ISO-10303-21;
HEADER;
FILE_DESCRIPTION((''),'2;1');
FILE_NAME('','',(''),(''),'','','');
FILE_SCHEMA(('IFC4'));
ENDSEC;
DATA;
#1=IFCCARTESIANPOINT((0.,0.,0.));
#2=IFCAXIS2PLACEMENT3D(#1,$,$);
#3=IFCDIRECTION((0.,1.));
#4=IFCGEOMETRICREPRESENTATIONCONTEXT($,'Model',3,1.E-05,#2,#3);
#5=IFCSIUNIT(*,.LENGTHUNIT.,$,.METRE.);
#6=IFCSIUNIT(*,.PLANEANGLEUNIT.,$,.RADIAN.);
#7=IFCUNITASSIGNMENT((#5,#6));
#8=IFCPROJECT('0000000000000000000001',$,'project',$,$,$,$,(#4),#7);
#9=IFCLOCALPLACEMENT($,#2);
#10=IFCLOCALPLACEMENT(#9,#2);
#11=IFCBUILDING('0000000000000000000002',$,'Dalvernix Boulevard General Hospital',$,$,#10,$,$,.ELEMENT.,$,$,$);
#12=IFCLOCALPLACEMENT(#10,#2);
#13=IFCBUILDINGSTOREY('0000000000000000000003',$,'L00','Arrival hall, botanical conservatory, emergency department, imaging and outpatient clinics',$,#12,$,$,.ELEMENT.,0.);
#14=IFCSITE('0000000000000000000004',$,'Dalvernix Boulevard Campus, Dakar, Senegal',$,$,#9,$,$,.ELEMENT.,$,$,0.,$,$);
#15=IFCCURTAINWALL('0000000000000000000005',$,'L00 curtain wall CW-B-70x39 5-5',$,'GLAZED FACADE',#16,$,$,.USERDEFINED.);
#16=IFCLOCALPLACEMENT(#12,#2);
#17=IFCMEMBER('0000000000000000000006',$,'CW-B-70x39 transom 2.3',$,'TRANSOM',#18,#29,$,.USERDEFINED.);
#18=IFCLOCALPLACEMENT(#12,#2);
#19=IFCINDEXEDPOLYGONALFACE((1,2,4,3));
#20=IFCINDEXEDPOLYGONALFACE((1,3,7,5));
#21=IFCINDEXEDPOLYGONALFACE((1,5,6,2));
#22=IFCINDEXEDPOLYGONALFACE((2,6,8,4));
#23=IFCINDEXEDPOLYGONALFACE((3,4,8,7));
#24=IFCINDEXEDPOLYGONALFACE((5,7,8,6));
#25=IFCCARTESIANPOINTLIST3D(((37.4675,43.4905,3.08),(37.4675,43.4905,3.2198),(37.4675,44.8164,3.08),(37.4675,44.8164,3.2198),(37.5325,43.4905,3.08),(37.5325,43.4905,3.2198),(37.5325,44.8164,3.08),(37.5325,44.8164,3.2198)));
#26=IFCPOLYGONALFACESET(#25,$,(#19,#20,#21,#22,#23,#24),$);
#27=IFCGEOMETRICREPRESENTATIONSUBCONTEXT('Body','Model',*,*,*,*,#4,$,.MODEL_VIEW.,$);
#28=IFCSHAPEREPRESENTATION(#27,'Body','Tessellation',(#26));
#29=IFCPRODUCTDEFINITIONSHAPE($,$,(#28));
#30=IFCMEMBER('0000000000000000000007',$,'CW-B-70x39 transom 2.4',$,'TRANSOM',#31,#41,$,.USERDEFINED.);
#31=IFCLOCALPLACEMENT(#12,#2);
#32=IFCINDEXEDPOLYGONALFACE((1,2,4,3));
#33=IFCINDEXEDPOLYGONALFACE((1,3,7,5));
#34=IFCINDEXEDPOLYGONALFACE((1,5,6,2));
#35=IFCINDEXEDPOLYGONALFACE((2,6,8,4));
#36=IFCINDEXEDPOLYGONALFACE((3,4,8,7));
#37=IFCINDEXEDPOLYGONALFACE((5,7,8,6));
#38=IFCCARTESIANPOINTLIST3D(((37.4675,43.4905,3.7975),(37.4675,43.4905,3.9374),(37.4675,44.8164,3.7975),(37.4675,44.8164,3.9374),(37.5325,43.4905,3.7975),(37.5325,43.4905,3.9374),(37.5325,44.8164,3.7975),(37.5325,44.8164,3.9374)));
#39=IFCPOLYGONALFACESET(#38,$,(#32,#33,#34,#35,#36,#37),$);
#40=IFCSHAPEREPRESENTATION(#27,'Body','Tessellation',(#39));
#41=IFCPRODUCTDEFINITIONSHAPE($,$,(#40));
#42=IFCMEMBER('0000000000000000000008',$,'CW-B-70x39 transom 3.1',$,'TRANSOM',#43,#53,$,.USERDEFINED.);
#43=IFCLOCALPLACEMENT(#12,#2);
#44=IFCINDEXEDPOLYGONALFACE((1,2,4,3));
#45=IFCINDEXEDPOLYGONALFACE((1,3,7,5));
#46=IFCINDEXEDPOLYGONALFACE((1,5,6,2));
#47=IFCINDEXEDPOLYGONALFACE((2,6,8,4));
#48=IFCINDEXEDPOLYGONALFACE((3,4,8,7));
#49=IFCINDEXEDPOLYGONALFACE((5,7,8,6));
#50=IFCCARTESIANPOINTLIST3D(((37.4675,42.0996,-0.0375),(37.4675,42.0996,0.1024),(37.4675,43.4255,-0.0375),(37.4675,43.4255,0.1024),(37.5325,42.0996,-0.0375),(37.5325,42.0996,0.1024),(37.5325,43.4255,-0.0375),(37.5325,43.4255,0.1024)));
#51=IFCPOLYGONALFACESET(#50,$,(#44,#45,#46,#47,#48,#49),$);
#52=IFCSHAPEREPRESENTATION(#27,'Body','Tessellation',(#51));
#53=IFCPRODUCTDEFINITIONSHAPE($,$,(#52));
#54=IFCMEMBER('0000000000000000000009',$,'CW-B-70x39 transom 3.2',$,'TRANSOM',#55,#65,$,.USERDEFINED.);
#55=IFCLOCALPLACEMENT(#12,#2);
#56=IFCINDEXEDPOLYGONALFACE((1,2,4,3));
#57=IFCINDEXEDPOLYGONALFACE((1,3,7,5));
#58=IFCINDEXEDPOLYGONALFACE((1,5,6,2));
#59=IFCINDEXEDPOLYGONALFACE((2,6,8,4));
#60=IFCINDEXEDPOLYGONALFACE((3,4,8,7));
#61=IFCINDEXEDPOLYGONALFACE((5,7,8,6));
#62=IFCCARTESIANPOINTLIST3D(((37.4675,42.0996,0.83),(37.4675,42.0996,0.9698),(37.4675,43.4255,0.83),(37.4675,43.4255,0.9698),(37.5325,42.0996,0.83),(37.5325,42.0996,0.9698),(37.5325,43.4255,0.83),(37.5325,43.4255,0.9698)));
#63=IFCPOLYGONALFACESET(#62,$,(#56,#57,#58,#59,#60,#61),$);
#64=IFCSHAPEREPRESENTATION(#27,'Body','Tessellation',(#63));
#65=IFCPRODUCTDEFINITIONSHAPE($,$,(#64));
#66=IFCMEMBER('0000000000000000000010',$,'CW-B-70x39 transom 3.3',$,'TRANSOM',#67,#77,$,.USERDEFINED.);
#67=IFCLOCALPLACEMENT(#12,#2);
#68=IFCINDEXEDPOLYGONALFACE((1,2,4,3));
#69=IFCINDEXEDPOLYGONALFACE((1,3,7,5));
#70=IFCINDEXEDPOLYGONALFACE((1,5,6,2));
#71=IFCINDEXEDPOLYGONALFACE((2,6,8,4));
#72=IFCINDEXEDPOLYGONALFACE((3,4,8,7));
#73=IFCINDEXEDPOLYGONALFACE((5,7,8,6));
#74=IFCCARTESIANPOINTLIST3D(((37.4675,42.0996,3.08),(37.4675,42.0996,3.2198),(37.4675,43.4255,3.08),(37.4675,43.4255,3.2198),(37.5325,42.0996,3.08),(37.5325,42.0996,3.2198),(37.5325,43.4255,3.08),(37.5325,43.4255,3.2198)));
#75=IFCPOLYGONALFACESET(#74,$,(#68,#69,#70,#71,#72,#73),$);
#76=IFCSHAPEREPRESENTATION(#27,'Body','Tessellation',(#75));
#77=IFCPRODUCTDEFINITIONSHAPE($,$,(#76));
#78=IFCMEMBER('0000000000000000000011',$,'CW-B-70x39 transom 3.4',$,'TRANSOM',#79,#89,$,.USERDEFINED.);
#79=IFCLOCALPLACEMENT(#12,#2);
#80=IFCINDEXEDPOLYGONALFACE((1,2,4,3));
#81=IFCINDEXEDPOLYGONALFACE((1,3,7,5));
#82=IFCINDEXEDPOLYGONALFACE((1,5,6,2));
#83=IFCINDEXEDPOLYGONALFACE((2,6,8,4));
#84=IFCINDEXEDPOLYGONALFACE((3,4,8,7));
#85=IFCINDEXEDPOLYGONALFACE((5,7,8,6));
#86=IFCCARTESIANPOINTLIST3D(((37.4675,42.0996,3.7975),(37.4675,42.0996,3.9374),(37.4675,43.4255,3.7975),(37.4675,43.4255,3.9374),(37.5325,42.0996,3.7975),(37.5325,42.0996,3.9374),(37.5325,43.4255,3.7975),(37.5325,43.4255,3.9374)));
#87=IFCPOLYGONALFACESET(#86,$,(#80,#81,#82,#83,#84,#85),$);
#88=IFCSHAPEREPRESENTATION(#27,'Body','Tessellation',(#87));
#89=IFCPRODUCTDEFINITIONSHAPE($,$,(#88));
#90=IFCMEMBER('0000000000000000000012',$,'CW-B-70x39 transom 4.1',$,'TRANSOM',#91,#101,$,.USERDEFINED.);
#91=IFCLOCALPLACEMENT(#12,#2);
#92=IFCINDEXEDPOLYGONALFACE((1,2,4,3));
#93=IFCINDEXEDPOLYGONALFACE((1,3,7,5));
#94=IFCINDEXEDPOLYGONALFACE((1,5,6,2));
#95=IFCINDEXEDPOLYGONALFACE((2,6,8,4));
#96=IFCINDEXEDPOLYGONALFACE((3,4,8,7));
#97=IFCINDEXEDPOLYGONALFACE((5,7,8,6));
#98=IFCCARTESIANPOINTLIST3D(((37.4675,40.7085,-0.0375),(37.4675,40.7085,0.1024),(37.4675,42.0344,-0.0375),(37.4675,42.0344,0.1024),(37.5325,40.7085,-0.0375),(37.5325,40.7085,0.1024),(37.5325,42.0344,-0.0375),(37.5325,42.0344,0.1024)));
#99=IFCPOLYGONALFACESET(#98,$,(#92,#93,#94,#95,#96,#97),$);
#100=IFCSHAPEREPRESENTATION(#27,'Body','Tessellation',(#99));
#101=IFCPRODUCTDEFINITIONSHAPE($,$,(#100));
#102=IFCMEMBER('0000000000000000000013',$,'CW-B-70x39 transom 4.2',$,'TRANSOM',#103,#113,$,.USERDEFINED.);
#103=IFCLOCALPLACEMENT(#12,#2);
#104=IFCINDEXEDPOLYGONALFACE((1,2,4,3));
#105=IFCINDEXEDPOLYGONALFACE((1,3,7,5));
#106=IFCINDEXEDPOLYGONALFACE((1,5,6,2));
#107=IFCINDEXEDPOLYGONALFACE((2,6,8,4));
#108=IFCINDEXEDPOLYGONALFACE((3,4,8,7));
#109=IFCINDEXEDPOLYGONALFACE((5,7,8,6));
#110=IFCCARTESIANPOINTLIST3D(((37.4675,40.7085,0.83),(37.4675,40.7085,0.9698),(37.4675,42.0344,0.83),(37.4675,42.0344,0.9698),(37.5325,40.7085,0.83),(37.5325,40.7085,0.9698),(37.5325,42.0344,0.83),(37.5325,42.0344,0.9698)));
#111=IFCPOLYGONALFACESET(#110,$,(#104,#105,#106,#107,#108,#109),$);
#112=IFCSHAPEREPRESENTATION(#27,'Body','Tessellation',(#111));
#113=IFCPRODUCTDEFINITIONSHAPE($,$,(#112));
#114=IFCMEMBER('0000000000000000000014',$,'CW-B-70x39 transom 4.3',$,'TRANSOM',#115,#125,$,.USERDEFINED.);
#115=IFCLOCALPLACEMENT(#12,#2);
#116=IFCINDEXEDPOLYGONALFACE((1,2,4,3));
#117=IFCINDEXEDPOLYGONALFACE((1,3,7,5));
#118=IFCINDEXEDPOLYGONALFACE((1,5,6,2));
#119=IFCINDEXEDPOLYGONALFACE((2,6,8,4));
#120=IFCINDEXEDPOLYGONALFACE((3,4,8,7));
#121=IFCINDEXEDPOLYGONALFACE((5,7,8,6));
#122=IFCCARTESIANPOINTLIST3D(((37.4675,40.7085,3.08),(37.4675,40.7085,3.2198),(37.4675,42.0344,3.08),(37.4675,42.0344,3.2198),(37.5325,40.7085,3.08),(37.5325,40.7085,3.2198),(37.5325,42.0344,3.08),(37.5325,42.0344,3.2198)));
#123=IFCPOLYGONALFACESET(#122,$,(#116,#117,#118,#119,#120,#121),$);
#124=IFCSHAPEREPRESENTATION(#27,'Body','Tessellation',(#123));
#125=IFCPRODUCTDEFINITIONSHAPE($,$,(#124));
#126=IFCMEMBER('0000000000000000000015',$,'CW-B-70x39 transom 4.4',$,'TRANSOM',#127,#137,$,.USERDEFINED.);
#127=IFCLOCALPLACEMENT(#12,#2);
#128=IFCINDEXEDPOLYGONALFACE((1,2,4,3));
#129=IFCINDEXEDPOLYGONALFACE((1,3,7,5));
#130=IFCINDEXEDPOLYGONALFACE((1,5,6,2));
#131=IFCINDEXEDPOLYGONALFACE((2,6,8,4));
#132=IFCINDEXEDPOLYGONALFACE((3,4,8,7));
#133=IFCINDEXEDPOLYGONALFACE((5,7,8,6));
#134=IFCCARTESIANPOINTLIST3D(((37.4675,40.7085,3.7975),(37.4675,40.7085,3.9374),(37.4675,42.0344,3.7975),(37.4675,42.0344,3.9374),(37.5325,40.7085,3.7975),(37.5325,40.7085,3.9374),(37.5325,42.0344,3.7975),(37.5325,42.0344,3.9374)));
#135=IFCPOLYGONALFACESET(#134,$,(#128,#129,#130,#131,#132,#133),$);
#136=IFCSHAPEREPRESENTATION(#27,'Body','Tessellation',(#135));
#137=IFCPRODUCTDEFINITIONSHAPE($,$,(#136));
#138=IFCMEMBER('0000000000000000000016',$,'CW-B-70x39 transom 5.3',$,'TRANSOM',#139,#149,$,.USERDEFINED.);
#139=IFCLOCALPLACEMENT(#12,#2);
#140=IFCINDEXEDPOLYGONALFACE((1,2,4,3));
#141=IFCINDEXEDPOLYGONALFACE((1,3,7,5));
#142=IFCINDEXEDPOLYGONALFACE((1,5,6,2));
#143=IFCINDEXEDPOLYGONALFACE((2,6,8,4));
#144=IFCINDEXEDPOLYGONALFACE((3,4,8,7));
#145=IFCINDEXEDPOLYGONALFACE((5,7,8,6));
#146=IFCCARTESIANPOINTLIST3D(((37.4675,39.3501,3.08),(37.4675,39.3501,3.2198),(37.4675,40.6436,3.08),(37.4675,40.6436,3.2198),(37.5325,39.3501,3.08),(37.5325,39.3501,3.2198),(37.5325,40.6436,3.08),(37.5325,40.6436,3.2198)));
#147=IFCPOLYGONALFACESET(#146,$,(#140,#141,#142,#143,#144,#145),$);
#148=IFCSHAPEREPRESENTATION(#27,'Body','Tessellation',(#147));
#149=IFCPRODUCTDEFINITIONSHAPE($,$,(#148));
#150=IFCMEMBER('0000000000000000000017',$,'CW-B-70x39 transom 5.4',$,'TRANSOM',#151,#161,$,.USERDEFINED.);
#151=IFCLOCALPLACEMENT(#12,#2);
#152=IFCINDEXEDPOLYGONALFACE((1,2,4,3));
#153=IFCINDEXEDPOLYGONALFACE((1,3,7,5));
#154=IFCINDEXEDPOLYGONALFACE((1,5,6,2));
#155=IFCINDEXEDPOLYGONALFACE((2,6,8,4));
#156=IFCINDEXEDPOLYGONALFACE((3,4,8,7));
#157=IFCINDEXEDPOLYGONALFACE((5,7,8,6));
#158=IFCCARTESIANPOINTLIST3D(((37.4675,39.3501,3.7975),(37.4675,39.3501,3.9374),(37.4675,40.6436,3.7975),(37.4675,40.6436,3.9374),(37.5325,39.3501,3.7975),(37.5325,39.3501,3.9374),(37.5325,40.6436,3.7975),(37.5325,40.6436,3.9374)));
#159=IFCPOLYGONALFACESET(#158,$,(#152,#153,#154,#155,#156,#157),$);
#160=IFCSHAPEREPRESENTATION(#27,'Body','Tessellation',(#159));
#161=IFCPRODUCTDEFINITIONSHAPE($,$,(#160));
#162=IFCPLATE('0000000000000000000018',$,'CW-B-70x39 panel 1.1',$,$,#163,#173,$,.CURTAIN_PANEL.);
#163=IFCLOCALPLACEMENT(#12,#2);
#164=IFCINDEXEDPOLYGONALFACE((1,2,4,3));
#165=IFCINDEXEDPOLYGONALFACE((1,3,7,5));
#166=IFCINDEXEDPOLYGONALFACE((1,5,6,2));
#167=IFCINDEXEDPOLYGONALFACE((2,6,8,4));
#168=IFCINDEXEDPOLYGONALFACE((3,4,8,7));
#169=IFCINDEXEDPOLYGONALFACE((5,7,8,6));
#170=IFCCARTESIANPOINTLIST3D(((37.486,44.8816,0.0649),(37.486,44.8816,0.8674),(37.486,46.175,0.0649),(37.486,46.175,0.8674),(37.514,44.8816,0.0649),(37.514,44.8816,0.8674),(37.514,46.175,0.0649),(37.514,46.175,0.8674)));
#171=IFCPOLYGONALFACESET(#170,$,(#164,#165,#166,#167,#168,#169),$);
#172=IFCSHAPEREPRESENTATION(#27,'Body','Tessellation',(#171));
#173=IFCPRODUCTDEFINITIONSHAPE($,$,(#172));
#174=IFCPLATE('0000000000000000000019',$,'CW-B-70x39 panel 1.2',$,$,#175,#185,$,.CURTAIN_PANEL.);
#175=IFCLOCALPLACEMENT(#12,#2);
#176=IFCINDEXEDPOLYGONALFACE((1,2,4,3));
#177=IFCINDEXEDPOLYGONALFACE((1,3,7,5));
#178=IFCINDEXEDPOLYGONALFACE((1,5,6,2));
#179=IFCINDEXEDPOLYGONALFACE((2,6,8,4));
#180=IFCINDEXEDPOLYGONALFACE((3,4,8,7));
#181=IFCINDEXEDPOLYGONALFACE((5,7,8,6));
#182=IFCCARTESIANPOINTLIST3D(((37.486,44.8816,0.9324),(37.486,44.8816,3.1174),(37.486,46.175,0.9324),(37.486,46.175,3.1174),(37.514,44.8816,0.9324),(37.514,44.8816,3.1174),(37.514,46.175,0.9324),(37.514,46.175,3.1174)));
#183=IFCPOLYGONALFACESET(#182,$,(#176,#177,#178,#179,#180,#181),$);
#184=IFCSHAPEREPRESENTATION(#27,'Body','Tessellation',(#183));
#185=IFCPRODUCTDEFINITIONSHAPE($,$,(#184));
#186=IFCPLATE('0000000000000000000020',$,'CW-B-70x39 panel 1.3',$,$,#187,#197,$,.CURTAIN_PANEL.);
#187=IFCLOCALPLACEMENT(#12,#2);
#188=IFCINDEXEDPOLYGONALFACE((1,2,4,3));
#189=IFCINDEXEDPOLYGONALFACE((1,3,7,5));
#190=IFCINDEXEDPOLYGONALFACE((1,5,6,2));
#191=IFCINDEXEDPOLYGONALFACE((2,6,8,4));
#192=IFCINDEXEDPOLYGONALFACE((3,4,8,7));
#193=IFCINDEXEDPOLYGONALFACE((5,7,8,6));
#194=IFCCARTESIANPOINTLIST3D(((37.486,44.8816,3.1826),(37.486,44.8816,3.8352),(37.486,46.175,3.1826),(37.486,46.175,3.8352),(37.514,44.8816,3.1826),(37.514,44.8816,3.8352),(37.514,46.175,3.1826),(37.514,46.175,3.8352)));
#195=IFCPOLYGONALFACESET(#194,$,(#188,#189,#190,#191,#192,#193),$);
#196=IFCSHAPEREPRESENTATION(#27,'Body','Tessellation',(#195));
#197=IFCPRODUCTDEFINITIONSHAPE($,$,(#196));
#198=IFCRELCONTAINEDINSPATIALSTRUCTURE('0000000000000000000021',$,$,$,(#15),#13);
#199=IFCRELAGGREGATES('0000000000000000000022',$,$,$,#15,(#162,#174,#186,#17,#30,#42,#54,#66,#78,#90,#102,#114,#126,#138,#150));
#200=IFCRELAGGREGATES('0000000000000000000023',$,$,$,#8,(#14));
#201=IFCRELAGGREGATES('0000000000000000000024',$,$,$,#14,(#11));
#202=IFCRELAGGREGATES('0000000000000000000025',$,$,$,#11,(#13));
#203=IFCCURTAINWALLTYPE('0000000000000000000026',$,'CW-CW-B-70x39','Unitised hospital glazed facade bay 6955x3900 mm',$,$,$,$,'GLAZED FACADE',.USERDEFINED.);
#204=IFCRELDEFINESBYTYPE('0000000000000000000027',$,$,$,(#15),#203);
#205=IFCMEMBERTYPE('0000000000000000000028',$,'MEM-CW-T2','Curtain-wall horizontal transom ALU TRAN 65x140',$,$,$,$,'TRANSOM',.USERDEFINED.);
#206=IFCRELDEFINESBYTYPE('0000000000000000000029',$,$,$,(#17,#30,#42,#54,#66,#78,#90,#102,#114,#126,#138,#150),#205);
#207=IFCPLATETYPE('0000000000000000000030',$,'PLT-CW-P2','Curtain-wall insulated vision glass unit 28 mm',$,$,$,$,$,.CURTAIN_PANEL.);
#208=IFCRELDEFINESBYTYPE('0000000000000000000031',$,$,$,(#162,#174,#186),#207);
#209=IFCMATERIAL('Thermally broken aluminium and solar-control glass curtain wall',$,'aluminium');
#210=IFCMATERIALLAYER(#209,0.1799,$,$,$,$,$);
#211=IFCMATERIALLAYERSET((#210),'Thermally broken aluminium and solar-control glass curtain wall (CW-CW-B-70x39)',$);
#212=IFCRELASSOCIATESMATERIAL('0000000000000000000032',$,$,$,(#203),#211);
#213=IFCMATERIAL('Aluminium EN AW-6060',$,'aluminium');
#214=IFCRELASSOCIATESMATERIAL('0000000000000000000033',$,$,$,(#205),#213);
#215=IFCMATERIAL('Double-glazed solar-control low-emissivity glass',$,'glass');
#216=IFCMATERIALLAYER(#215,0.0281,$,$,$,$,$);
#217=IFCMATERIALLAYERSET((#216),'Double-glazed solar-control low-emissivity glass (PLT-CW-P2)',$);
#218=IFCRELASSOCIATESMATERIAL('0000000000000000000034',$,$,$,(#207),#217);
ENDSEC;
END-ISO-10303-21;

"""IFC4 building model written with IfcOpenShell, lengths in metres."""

from ifc_helpers import new_model, si_unit, direction, frame, origin, origin_2d, place, context, subcontext, project, spatial, rectangle, extrude, material, layer, layer_set, material_profile, profile_set, type_object, element, aggregate, save


model = new_model("IFC4")

# Units and contexts
model_context = context("Model", 3, precision=1e-05, world=origin(), true_north=direction((0.0, 1.0)))
body_context = subcontext(model_context, "Body", "Model", "MODEL_VIEW")
ifc_project = project(units=[si_unit("LENGTHUNIT", "METRE"), si_unit("PLANEANGLEUNIT", "RADIAN")], contexts=[model_context])

# Site, building, storey
site_placement = place(None, origin())
site = spatial("IfcSite", under=ifc_project, at=site_placement, Name="Dalvernix Boulevard Campus, Dakar, Senegal", CompositionType="ELEMENT", RefElevation=0.0)
building_placement = place(site_placement, origin())
building = spatial("IfcBuilding", under=site, at=building_placement, Name="Dalvernix Boulevard General Hospital", CompositionType="ELEMENT")
storey_placement = place(building_placement, origin())
storey = spatial("IfcBuildingStorey", under=building, at=storey_placement, Name="L00", Description="Arrival hall, botanical conservatory, emergency department, imaging and outpatient clinics", CompositionType="ELEMENT", Elevation=0.0)

# Curtain wall, members, plates
ifc_material_1 = material(Name="Thermally broken aluminium and solar-control glass curtain wall", Category="aluminium")
ifc_layer_1 = layer(ifc_material_1, 0.1799)
ifc_layer_set_1 = layer_set([ifc_layer_1], Name="Thermally broken aluminium and solar-control glass curtain wall (CW-CW-B-70x39)")
curtain_wall_type = type_object("IfcCurtainWallType", Name="CW-CW-B-70x39", Description="Unitised hospital glazed facade bay 6955x3900 mm", ElementType="GLAZED FACADE", PredefinedType="USERDEFINED", material=ifc_layer_set_1)
curtain_wall_placement = place(storey_placement, origin())
curtain_wall = element("IfcCurtainWall", 1, at=curtain_wall_placement, inside=storey, type_object=curtain_wall_type, Name="L00 curtain wall CW-B-70x39 5-5", ObjectType="GLAZED FACADE", PredefinedType="USERDEFINED")
ifc_material_2 = material(Name="Aluminium EN AW-6060", Category="aluminium")
ifc_material_profile_1 = material_profile(ifc_material_2, rectangle(XDim=0.0649, YDim=0.1399, at=origin_2d()), Name="ALU TRAN 65x140")
ifc_profile_set_1 = profile_set([ifc_material_profile_1], Name="Aluminium EN AW-6060")
member_type_1 = type_object("IfcMemberType", Name="MEM-CW-T2", Description="Curtain-wall horizontal transom ALU TRAN 65x140", ElementType="TRANSOM", PredefinedType="USERDEFINED", material=ifc_profile_set_1)
member_1_placement = place(storey_placement, frame((37.5, 44.8164, 3.1499), z_axis=(0.0, -1.0, 0.0), x_axis=(1.0, 0.0, 0.0)))
member_1 = element("IfcMember", 2, at=member_1_placement, type_object=member_type_1, Name="CW-B-70x39 transom 2.3", ObjectType="TRANSOM", PredefinedType="USERDEFINED", context=body_context, shape_type="SweptSolid", body=[
    extrude(rectangle(XDim=0.0649, YDim=0.1399, at=origin_2d()), origin(), (0.0, 0.0, 1.0), 1.3259),
])
member_2_placement = place(storey_placement, frame((37.5, 44.8164, 3.8674), z_axis=(0.0, -1.0, 0.0), x_axis=(1.0, 0.0, 0.0)))
member_2 = element("IfcMember", 3, at=member_2_placement, type_object=member_type_1, Name="CW-B-70x39 transom 2.4", ObjectType="TRANSOM", PredefinedType="USERDEFINED", context=body_context, shape_type="SweptSolid", body=[
    extrude(rectangle(XDim=0.0649, YDim=0.1399, at=origin_2d()), origin(), (0.0, 0.0, 1.0), 1.3259),
])
member_3_placement = place(storey_placement, frame((37.5, 43.4255, 0.0325), z_axis=(0.0, -1.0, 0.0), x_axis=(1.0, 0.0, 0.0)))
member_3 = element("IfcMember", 4, at=member_3_placement, type_object=member_type_1, Name="CW-B-70x39 transom 3.1", ObjectType="TRANSOM", PredefinedType="USERDEFINED", context=body_context, shape_type="SweptSolid", body=[
    extrude(rectangle(XDim=0.0649, YDim=0.1399, at=origin_2d()), origin(), (0.0, 0.0, 1.0), 1.3259),
])
member_4_placement = place(storey_placement, frame((37.5, 43.4255, 0.8999), z_axis=(0.0, -1.0, 0.0), x_axis=(1.0, 0.0, 0.0)))
member_4 = element("IfcMember", 5, at=member_4_placement, type_object=member_type_1, Name="CW-B-70x39 transom 3.2", ObjectType="TRANSOM", PredefinedType="USERDEFINED", context=body_context, shape_type="SweptSolid", body=[
    extrude(rectangle(XDim=0.0649, YDim=0.1399, at=origin_2d()), origin(), (0.0, 0.0, 1.0), 1.3259),
])
member_5_placement = place(storey_placement, frame((37.5, 43.4255, 3.1499), z_axis=(0.0, -1.0, 0.0), x_axis=(1.0, 0.0, 0.0)))
member_5 = element("IfcMember", 6, at=member_5_placement, type_object=member_type_1, Name="CW-B-70x39 transom 3.3", ObjectType="TRANSOM", PredefinedType="USERDEFINED", context=body_context, shape_type="SweptSolid", body=[
    extrude(rectangle(XDim=0.0649, YDim=0.1399, at=origin_2d()), origin(), (0.0, 0.0, 1.0), 1.3259),
])
member_6_placement = place(storey_placement, frame((37.5, 43.4255, 3.8674), z_axis=(0.0, -1.0, 0.0), x_axis=(1.0, 0.0, 0.0)))
member_6 = element("IfcMember", 7, at=member_6_placement, type_object=member_type_1, Name="CW-B-70x39 transom 3.4", ObjectType="TRANSOM", PredefinedType="USERDEFINED", context=body_context, shape_type="SweptSolid", body=[
    extrude(rectangle(XDim=0.0649, YDim=0.1399, at=origin_2d()), origin(), (0.0, 0.0, 1.0), 1.3259),
])
member_7_placement = place(storey_placement, frame((37.5, 42.0344, 0.0325), z_axis=(0.0, -1.0, 0.0), x_axis=(1.0, 0.0, 0.0)))
member_7 = element("IfcMember", 8, at=member_7_placement, type_object=member_type_1, Name="CW-B-70x39 transom 4.1", ObjectType="TRANSOM", PredefinedType="USERDEFINED", context=body_context, shape_type="SweptSolid", body=[
    extrude(rectangle(XDim=0.0649, YDim=0.1399, at=origin_2d()), origin(), (0.0, 0.0, 1.0), 1.3259),
])
member_8_placement = place(storey_placement, frame((37.5, 42.0344, 0.8999), z_axis=(0.0, -1.0, 0.0), x_axis=(1.0, 0.0, 0.0)))
member_8 = element("IfcMember", 9, at=member_8_placement, type_object=member_type_1, Name="CW-B-70x39 transom 4.2", ObjectType="TRANSOM", PredefinedType="USERDEFINED", context=body_context, shape_type="SweptSolid", body=[
    extrude(rectangle(XDim=0.0649, YDim=0.1399, at=origin_2d()), origin(), (0.0, 0.0, 1.0), 1.3259),
])
member_9_placement = place(storey_placement, frame((37.5, 42.0344, 3.1499), z_axis=(0.0, -1.0, 0.0), x_axis=(1.0, 0.0, 0.0)))
member_9 = element("IfcMember", 10, at=member_9_placement, type_object=member_type_1, Name="CW-B-70x39 transom 4.3", ObjectType="TRANSOM", PredefinedType="USERDEFINED", context=body_context, shape_type="SweptSolid", body=[
    extrude(rectangle(XDim=0.0649, YDim=0.1399, at=origin_2d()), origin(), (0.0, 0.0, 1.0), 1.3259),
])
member_10_placement = place(storey_placement, frame((37.5, 42.0344, 3.8674), z_axis=(0.0, -1.0, 0.0), x_axis=(1.0, 0.0, 0.0)))
member_10 = element("IfcMember", 11, at=member_10_placement, type_object=member_type_1, Name="CW-B-70x39 transom 4.4", ObjectType="TRANSOM", PredefinedType="USERDEFINED", context=body_context, shape_type="SweptSolid", body=[
    extrude(rectangle(XDim=0.0649, YDim=0.1399, at=origin_2d()), origin(), (0.0, 0.0, 1.0), 1.3259),
])
member_11_placement = place(storey_placement, frame((37.5, 40.6436, 3.1499), z_axis=(0.0, -1.0, 0.0), x_axis=(1.0, 0.0, 0.0)))
member_11 = element("IfcMember", 12, at=member_11_placement, type_object=member_type_1, Name="CW-B-70x39 transom 5.3", ObjectType="TRANSOM", PredefinedType="USERDEFINED", context=body_context, shape_type="SweptSolid", body=[
    extrude(rectangle(XDim=0.0649, YDim=0.1399, at=origin_2d()), origin(), (0.0, 0.0, 1.0), 1.2935),
])
member_12_placement = place(storey_placement, frame((37.5, 40.6436, 3.8674), z_axis=(0.0, -1.0, 0.0), x_axis=(1.0, 0.0, 0.0)))
member_12 = element("IfcMember", 13, at=member_12_placement, type_object=member_type_1, Name="CW-B-70x39 transom 5.4", ObjectType="TRANSOM", PredefinedType="USERDEFINED", context=body_context, shape_type="SweptSolid", body=[
    extrude(rectangle(XDim=0.0649, YDim=0.1399, at=origin_2d()), origin(), (0.0, 0.0, 1.0), 1.2935),
])
ifc_material_3 = material(Name="Double-glazed solar-control low-emissivity glass", Category="glass")
ifc_layer_2 = layer(ifc_material_3, 0.0281)
ifc_layer_set_2 = layer_set([ifc_layer_2], Name="Double-glazed solar-control low-emissivity glass (PLT-CW-P2)")
plate_type = type_object("IfcPlateType", Name="PLT-CW-P2", Description="Curtain-wall insulated vision glass unit 28 mm", PredefinedType="CURTAIN_PANEL", material=ifc_layer_set_2)
plate_1_placement = place(storey_placement, frame((37.5, 45.5283, 0.0649), z_axis=(0.0, 0.0, 1.0), x_axis=(0.0, -1.0, 0.0)))
plate_1 = element("IfcPlate", 14, at=plate_1_placement, type_object=plate_type, Name="CW-B-70x39 panel 1.1", PredefinedType="CURTAIN_PANEL", context=body_context, shape_type="SweptSolid", body=[
    extrude(rectangle(XDim=1.2935, YDim=0.0281, at=origin_2d()), origin(), (0.0, 0.0, 1.0), 0.8025),
])
plate_2_placement = place(storey_placement, frame((37.5, 45.5283, 0.9324), z_axis=(0.0, 0.0, 1.0), x_axis=(0.0, -1.0, 0.0)))
plate_2 = element("IfcPlate", 15, at=plate_2_placement, type_object=plate_type, Name="CW-B-70x39 panel 1.2", PredefinedType="CURTAIN_PANEL", context=body_context, shape_type="SweptSolid", body=[
    extrude(rectangle(XDim=1.2935, YDim=0.0281, at=origin_2d()), origin(), (0.0, 0.0, 1.0), 2.1851),
])
plate_3_placement = place(storey_placement, frame((37.5, 45.5283, 3.1826), z_axis=(0.0, 0.0, 1.0), x_axis=(0.0, -1.0, 0.0)))
plate_3 = element("IfcPlate", 16, at=plate_3_placement, type_object=plate_type, Name="CW-B-70x39 panel 1.3", PredefinedType="CURTAIN_PANEL", context=body_context, shape_type="SweptSolid", body=[
    extrude(rectangle(XDim=1.2935, YDim=0.0281, at=origin_2d()), origin(), (0.0, 0.0, 1.0), 0.6526),
])
aggregate(curtain_wall, [plate_1, plate_2, plate_3, member_1, member_2, member_3, member_4, member_5, member_6, member_7, member_8, member_9, member_10, member_11, member_12])

save(model, "model.ifc")
